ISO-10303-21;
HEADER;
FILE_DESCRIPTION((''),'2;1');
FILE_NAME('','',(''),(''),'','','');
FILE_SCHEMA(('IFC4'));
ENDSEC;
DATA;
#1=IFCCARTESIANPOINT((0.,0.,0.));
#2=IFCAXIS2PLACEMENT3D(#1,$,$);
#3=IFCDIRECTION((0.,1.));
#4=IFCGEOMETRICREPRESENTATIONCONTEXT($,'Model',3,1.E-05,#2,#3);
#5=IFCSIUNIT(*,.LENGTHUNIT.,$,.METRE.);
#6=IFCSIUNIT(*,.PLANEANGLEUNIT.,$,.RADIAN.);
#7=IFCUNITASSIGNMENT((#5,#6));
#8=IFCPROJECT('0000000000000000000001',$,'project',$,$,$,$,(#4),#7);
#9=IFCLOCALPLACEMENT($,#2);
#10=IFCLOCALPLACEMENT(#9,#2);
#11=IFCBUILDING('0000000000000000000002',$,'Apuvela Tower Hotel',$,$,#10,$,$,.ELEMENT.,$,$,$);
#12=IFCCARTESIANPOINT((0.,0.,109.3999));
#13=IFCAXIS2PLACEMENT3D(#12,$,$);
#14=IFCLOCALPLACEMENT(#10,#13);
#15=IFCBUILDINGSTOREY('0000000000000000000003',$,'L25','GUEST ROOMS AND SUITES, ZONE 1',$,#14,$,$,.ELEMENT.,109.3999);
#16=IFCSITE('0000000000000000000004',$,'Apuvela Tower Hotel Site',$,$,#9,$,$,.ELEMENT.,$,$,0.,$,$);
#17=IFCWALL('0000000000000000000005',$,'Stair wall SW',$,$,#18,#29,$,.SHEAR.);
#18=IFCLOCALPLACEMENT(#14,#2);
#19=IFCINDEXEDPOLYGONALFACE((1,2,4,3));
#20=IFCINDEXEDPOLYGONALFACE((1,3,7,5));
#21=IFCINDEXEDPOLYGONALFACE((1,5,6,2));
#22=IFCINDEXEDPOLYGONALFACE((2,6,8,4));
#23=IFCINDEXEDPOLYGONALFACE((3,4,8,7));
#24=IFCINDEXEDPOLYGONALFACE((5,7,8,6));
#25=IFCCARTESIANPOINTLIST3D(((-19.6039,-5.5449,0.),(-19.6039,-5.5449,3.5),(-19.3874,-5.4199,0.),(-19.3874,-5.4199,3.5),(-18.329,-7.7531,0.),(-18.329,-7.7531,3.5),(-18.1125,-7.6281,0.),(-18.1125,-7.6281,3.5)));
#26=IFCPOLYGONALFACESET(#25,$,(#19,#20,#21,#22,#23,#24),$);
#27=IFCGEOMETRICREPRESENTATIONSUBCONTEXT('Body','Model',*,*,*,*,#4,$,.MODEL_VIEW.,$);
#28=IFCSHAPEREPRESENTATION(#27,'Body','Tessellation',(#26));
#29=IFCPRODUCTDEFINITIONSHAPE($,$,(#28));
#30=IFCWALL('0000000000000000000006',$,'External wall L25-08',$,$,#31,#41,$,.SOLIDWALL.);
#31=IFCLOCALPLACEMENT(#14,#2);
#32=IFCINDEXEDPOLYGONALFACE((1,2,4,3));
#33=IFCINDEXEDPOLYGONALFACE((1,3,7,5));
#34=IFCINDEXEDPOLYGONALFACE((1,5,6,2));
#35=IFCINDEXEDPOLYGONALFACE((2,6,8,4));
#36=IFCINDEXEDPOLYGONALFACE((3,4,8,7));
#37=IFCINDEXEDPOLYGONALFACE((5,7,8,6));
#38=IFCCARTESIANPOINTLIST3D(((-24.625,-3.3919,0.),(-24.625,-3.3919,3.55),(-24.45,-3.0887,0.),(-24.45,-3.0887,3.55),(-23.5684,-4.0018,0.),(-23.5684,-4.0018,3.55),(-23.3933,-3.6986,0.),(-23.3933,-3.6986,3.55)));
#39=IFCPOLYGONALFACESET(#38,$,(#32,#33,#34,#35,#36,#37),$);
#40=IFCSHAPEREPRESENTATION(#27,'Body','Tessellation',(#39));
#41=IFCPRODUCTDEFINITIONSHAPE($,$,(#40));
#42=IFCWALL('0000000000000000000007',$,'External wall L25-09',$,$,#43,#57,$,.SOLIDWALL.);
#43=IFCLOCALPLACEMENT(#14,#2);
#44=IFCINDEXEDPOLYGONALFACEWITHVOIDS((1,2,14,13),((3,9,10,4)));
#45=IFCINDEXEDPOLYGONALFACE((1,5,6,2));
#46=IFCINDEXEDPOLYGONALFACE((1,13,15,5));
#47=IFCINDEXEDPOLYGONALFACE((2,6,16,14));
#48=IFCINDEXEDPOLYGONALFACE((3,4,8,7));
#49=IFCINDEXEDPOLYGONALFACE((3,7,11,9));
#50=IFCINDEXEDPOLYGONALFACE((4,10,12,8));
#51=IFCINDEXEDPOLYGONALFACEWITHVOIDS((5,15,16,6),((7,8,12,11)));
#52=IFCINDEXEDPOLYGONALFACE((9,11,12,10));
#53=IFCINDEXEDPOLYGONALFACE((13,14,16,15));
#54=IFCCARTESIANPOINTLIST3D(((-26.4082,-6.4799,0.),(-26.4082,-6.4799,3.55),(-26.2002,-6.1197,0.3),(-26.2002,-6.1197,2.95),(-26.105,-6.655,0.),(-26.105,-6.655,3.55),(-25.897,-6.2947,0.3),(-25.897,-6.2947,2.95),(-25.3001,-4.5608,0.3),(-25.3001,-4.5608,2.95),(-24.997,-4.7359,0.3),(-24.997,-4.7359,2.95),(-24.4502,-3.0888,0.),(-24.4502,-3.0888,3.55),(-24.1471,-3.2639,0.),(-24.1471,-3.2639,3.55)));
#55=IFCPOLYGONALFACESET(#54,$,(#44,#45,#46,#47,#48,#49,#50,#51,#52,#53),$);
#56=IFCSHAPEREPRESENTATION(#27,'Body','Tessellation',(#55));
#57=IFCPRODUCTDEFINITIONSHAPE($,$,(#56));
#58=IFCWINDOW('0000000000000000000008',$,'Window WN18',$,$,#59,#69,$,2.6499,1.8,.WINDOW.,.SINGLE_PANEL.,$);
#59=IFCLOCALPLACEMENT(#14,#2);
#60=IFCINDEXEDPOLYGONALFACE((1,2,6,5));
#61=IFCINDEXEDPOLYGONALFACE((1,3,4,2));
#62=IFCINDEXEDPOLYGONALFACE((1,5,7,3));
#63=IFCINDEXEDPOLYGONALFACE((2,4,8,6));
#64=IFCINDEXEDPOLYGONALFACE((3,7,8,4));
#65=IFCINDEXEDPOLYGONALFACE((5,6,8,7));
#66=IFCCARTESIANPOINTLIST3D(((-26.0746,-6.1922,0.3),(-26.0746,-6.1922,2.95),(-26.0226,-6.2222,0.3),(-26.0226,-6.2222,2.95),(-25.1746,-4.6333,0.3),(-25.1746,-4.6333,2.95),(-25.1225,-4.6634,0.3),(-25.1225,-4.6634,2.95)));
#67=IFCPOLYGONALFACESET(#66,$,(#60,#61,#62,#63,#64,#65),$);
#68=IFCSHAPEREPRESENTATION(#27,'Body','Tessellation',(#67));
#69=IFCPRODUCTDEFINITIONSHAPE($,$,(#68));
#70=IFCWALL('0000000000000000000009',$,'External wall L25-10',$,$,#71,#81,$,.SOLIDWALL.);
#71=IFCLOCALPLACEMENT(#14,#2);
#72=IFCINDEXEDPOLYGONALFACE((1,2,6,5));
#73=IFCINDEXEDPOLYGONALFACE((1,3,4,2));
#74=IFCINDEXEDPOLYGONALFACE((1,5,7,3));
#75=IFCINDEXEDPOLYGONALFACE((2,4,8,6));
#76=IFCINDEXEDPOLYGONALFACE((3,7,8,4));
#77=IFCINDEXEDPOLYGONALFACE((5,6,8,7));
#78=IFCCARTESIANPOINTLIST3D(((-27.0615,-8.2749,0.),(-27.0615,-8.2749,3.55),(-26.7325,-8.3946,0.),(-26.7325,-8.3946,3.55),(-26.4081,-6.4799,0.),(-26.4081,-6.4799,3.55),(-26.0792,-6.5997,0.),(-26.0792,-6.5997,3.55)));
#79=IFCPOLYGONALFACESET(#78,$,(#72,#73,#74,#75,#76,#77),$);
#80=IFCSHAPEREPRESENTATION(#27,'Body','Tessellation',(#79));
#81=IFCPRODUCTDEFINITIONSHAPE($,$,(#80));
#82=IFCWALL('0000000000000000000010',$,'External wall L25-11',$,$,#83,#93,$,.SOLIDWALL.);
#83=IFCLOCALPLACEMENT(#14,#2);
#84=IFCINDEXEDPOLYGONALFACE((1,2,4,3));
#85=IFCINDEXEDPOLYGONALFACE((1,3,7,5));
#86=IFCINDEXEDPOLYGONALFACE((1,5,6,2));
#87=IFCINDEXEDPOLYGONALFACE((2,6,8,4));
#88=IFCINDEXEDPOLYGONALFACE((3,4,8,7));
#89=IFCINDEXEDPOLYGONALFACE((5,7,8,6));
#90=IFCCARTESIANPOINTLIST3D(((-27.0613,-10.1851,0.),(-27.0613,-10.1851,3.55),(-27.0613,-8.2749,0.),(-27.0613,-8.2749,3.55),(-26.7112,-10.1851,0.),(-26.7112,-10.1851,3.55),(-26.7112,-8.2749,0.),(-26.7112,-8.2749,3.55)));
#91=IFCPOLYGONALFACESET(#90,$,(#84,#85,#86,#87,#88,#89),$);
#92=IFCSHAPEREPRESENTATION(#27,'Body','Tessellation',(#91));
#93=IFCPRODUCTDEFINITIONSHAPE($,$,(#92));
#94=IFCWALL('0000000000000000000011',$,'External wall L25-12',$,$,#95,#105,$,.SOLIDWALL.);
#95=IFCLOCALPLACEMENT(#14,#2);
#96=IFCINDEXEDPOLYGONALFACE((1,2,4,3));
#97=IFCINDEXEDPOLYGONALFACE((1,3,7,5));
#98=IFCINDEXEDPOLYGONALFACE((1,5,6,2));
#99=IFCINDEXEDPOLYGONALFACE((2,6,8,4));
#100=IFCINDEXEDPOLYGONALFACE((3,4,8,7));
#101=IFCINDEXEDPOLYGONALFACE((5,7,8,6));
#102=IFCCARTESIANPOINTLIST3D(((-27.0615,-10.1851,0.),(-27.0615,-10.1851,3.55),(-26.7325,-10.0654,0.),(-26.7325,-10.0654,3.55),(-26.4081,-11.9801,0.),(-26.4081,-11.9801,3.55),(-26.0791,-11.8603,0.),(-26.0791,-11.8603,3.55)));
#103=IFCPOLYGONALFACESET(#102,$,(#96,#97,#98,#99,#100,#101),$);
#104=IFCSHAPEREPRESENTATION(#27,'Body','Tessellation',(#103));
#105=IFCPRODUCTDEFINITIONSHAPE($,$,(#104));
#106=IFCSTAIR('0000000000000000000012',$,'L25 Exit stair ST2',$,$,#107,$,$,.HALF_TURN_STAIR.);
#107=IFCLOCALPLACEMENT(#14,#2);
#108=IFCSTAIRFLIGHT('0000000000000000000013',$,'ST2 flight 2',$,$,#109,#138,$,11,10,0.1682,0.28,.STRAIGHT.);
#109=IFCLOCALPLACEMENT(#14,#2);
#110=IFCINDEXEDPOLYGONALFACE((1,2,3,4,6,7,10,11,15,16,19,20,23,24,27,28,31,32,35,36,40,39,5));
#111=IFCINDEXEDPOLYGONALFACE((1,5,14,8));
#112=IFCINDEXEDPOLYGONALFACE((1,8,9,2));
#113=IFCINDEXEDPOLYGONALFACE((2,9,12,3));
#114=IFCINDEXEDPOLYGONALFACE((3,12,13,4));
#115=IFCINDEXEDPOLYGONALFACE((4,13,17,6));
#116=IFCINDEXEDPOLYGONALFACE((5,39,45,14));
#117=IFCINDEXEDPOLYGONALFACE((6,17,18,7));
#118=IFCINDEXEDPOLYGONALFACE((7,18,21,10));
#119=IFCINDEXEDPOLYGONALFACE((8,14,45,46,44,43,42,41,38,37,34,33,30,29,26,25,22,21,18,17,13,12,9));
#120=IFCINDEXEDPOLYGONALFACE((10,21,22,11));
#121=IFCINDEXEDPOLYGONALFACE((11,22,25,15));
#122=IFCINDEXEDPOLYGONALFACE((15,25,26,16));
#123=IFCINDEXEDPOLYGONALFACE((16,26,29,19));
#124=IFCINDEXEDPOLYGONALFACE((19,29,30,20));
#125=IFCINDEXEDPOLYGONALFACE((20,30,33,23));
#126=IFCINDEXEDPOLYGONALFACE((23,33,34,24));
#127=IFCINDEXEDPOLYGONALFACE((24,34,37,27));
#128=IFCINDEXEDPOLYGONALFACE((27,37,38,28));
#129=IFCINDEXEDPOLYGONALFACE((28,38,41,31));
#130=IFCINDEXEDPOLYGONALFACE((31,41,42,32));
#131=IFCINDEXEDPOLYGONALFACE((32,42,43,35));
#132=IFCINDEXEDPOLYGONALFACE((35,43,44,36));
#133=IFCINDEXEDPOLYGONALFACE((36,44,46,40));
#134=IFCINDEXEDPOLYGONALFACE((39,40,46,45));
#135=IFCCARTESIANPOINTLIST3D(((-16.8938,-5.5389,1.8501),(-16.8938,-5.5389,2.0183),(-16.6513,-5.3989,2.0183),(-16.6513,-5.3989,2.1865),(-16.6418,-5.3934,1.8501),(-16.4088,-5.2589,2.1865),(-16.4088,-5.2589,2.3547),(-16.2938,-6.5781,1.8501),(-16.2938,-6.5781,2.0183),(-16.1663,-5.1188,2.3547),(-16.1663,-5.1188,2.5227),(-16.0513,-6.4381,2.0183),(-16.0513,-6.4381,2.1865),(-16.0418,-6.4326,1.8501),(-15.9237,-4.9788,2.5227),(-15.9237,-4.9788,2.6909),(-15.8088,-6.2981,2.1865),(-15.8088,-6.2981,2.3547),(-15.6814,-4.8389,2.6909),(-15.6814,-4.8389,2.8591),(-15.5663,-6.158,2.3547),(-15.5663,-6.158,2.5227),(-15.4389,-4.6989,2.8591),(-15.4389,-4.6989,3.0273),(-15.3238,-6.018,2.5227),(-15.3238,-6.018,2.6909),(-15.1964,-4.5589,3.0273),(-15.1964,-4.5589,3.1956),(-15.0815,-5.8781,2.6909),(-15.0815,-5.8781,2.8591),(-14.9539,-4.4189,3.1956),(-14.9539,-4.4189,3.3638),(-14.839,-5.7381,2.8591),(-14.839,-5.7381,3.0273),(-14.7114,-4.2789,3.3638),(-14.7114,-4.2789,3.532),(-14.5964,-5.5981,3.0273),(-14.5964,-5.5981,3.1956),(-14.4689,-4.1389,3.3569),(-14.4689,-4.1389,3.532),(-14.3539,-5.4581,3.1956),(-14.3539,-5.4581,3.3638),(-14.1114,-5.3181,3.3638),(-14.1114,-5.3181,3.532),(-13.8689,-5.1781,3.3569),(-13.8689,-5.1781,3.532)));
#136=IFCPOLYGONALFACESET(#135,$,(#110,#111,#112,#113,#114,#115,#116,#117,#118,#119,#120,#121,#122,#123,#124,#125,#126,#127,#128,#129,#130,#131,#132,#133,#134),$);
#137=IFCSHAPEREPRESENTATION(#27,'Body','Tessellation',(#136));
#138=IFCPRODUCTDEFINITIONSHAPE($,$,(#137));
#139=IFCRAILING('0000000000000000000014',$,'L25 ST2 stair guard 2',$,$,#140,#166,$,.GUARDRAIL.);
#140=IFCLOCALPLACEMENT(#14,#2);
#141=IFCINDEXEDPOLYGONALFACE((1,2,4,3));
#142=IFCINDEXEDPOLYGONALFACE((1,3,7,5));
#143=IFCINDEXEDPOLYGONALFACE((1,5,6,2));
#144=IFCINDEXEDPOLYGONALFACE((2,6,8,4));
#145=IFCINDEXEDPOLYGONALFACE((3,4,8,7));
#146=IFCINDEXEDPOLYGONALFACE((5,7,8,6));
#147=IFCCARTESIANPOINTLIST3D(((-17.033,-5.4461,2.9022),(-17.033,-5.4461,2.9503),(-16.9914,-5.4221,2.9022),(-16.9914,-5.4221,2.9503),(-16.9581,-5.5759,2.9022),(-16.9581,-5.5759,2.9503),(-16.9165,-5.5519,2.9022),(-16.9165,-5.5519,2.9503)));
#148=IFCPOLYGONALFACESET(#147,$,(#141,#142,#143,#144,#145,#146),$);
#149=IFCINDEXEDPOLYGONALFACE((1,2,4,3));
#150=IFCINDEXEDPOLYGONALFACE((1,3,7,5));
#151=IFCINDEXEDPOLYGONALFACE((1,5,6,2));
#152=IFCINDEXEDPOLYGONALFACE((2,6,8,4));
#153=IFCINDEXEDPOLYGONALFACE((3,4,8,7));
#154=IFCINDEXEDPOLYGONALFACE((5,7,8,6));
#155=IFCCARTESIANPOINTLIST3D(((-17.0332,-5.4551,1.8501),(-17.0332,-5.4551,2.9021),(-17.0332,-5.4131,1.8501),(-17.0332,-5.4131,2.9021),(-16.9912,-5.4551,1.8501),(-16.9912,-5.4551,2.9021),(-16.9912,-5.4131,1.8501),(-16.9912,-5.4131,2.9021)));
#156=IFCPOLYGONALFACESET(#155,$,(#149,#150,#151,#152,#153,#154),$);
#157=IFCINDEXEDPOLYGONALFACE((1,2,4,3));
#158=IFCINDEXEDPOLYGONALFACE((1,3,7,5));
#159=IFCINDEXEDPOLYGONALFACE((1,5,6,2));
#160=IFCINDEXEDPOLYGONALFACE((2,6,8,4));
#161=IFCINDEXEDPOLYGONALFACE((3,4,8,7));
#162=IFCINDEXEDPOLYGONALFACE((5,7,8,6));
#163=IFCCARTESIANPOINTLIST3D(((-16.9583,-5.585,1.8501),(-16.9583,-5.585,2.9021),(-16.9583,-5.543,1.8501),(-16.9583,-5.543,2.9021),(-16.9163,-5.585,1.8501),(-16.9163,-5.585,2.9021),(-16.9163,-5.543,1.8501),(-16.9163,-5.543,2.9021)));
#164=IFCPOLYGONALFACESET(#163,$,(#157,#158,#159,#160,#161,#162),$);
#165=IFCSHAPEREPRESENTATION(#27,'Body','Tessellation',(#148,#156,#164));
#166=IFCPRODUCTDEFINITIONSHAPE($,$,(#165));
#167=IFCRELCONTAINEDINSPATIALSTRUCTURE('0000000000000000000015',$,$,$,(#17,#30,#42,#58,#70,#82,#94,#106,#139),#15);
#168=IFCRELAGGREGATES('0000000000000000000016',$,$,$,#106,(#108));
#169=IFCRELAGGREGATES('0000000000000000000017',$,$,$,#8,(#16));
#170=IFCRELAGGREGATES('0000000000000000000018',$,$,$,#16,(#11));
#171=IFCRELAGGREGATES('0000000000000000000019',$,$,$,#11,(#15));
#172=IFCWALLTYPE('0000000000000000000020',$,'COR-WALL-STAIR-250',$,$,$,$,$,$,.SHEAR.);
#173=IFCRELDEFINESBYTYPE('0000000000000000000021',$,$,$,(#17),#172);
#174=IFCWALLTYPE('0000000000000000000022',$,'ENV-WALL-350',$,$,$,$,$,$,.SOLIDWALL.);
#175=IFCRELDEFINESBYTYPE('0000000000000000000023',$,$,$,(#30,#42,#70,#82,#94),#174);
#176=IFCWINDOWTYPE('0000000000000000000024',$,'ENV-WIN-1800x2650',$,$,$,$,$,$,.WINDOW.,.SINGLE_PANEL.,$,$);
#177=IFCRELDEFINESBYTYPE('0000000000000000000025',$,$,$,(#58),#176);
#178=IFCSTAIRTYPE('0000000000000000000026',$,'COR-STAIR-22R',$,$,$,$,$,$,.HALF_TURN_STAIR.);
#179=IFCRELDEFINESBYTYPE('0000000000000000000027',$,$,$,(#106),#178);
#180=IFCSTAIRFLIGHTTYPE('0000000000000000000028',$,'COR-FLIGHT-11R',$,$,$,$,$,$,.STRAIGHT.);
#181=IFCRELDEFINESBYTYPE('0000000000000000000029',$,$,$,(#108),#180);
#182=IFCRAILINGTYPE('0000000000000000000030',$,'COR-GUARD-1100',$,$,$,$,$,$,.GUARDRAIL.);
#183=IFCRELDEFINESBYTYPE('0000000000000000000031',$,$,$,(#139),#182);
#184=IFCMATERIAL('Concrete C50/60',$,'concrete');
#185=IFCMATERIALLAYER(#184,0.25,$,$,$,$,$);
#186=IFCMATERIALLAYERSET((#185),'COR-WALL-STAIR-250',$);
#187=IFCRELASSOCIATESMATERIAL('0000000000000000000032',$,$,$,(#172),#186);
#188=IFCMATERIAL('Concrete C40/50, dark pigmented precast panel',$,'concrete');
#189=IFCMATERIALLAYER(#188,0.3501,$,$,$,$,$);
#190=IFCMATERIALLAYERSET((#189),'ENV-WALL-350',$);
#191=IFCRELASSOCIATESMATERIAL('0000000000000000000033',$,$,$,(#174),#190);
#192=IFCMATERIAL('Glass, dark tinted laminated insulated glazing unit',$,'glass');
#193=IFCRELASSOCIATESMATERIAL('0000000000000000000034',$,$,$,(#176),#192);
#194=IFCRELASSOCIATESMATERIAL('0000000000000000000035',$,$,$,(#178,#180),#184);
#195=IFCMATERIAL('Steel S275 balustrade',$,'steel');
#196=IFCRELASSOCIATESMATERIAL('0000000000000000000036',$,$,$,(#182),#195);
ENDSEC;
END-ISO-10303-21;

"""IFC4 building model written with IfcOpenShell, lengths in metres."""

from ifc_helpers import new_model, si_unit, direction, frame, frame_2d, origin, origin_2d, place, context, subcontext, project, spatial, polyline, rectangle, outline, extrude, material, layer, layer_set, type_object, element, fill, aggregate, save


model = new_model("IFC4")

# Units and contexts
model_context = context("Model", 3, precision=1e-05, world=origin(), true_north=direction((0.0, 1.0)))
body_context = subcontext(model_context, "Body", "Model", "MODEL_VIEW")
ifc_project = project(units=[si_unit("LENGTHUNIT", "METRE"), si_unit("PLANEANGLEUNIT", "RADIAN")], contexts=[model_context])

# Site, building, storey
site_placement = place(None, origin())
site = spatial("IfcSite", under=ifc_project, at=site_placement, Name="Apuvela Tower Hotel Site", CompositionType="ELEMENT", RefElevation=0.0)
building_placement = place(site_placement, origin())
building = spatial("IfcBuilding", under=site, at=building_placement, Name="Apuvela Tower Hotel", CompositionType="ELEMENT")
storey_placement = place(building_placement, frame((0.0, 0.0, 109.3999)))
storey = spatial("IfcBuildingStorey", under=building, at=storey_placement, Name="L25", Description="GUEST ROOMS AND SUITES, ZONE 1", CompositionType="ELEMENT", Elevation=109.3999)

# Walls
ifc_material_1 = material(Name="Concrete C50/60", Category="concrete")
ifc_layer_1 = layer(ifc_material_1, 0.25)
ifc_layer_set_1 = layer_set([ifc_layer_1], Name="COR-WALL-STAIR-250")
wall_type_1 = type_object("IfcWallType", Name="COR-WALL-STAIR-250", PredefinedType="SHEAR", material=ifc_layer_set_1)
wall_1_placement = place(storey_placement, frame((-19.4956, -5.4824, 0.0), z_axis=(0.0, 0.0, 1.0), x_axis=(0.49999, -0.866031, 0.0)))
element("IfcWall", 1, at=wall_1_placement, inside=storey, type_object=wall_type_1, Name="Stair wall SW", PredefinedType="SHEAR", context=body_context, shape_type="SweptSolid", body=[
    extrude(rectangle(XDim=2.5498, YDim=0.25, at=frame_2d((1.2749, 0.0))), origin(), (0.0, 0.0, 1.0), 3.5),
])
ifc_material_2 = material(Name="Concrete C40/50, dark pigmented precast panel", Category="concrete")
ifc_layer_2 = layer(ifc_material_2, 0.3501)
ifc_layer_set_2 = layer_set([ifc_layer_2], Name="ENV-WALL-350")
wall_type_2 = type_object("IfcWallType", Name="ENV-WALL-350", PredefinedType="SOLIDWALL", material=ifc_layer_set_2)
wall_2_placement = place(storey_placement, frame((-23.481, -3.8501, 0.0), z_axis=(0.0, 0.0, 1.0), x_axis=(-0.866092, 0.499884, 0.0)))
element("IfcWall", 2, at=wall_2_placement, inside=storey, type_object=wall_type_2, Name="External wall L25-08", PredefinedType="SOLIDWALL", context=body_context, shape_type="SweptSolid", body=[
    extrude(rectangle(XDim=1.22, YDim=0.3501, at=frame_2d((0.6099, 0.0))), origin(), (0.0, 0.0, 1.0), 3.55),
])

# Wall, opening, window
wall_3_placement = place(storey_placement, frame((-24.2986, -3.1763, 0.0), z_axis=(0.0, 0.0, 1.0), x_axis=(-0.500028, -0.866009, 0.0)))
wall_3 = element("IfcWall", 3, at=wall_3_placement, inside=storey, type_object=wall_type_2, Name="External wall L25-09", PredefinedType="SOLIDWALL", context=body_context, shape_type="SweptSolid", body=[
    extrude(rectangle(XDim=3.9158, YDim=0.3501, at=frame_2d((1.958, 0.0))), origin(), (0.0, 0.0, 1.0), 3.55),
])
opening_1_placement = place(wall_3_placement, frame((1.7, 0.0, 0.3)))
opening_1 = element("IfcOpeningElement", 4, at=opening_1_placement, cuts=wall_3, PredefinedType="OPENING", context=body_context, shape_type="SweptSolid", body=[
    extrude(rectangle(XDim=1.8, YDim=2.6499, at=frame_2d((0.8999, 1.325))), frame((0.0, 0.1851, 0.0), z_axis=(0.0, -1.0, 0.0), x_axis=(1.0, 0.0, 0.0)), (0.0, 0.0, 1.0), 0.3701),
])
ifc_material_3 = material(Name="Glass, dark tinted laminated insulated glazing unit", Category="glass")
window_type = type_object("IfcWindowType", Name="ENV-WIN-1800x2650", PartitioningType="SINGLE_PANEL", PredefinedType="WINDOW", material=ifc_material_3)
window_placement = place(opening_1_placement, origin())
window = element("IfcWindow", 5, at=window_placement, inside=storey, type_object=window_type, Name="Window WN18", OverallHeight=2.6499, OverallWidth=1.8, PartitioningType="SINGLE_PANEL", PredefinedType="WINDOW", context=body_context, shape_type="SweptSolid", body=[
    extrude(rectangle(XDim=1.8, YDim=2.6499, at=frame_2d((0.8999, 1.325))), frame((0.0, 0.03, 0.0), z_axis=(0.0, -1.0, 0.0), x_axis=(1.0, 0.0, 0.0)), (0.0, 0.0, 1.0), 0.0601),
])
fill(opening_1, window)

# Walls
for number, where, z_axis, x_axis, name in (
    (6, (-26.2437, -6.5398, 0.0), (0.0, 0.0, 1.0), (-0.34203, -0.939689, 0.0), "External wall L25-10"),
    (7, (-26.8862, -8.2749, 0.0), (0.0, 0.0, 1.0), (0.0, -1.0, 0.0), "External wall L25-11"),
    (8, (-26.897, -10.1252, 0.0), (0.0, 0.0, 1.0), (0.34203, -0.939689, 0.0), "External wall L25-12"),
):
    element("IfcWall", number, at=place(storey_placement, frame(where, z_axis=z_axis, x_axis=x_axis)), inside=storey, type_object=wall_type_2, Name=name, PredefinedType="SOLIDWALL", context=body_context, shape_type="SweptSolid", body=[
        extrude(rectangle(XDim=1.9102, YDim=0.3501, at=frame_2d((0.9551, 0.0))), origin(), (0.0, 0.0, 1.0), 3.55),
    ])

# Stair, stair flight
stair_type = type_object("IfcStairType", Name="COR-STAIR-22R", PredefinedType="HALF_TURN_STAIR", material=ifc_material_1)
stair_placement = place(storey_placement, origin())
stair = element("IfcStair", 9, at=stair_placement, inside=storey, type_object=stair_type, Name="L25 Exit stair ST2", PredefinedType="HALF_TURN_STAIR")
stair_flight_type = type_object("IfcStairFlightType", Name="COR-FLIGHT-11R", PredefinedType="STRAIGHT", material=ifc_material_1)
stair_flight_placement = place(storey_placement, frame((-16.5938, -6.0586, 1.8501), z_axis=(0.0, 0.0, 1.0), x_axis=(0.866025, 0.5, 0.0)))
stair_flight = element("IfcStairFlight", 10, at=stair_flight_placement, type_object=stair_flight_type, Name="ST2 flight 2", NumberOfRisers=11, NumberOfTreads=10, PredefinedType="STRAIGHT", RiserHeight=0.1682, TreadLength=0.28, context=body_context, shape_type="SweptSolid", body=[
    extrude(outline(polyline([(0.0, 0.0), (0.0, 0.1682), (0.28, 0.1682), (0.28, 0.3364), (0.5601, 0.3364), (0.5601, 0.5046), (0.8401, 0.5046), (0.8401, 0.6726), (1.1201, 0.6726), (1.1201, 0.8408), (1.3999, 0.8408), (1.3999, 1.009), (1.6799, 1.009), (1.6799, 1.1772), (1.96, 1.1772), (1.96, 1.3455), (2.24, 1.3455), (2.24, 1.5137), (2.52, 1.5137), (2.52, 1.6819), (2.8, 1.6819), (2.8, 1.8501), (2.8, 1.5068), (0.291, 0.0), (0.0, 0.0)])), frame((0.0, 0.6001, 0.0), z_axis=(0.0, -1.0, 0.0), x_axis=(1.0, 0.0, 0.0)), (0.0, 0.0, 1.0), 1.2),
])
aggregate(stair, [stair_flight])

# Railing
ifc_material_4 = material(Name="Steel S275 balustrade", Category="steel")
railing_type_1 = type_object("IfcRailingType", Name="COR-GUARD-1100", PredefinedType="GUARDRAIL", material=ifc_material_4)
railing_1_placement = place(storey_placement, frame((-17.0122, -5.4341, 1.8501)))
element("IfcRailing", 11, at=railing_1_placement, inside=storey, type_object=railing_type_1, Name="L25 ST2 stair guard 2", PredefinedType="GUARDRAIL", context=body_context, shape_type="SweptSolid", body=[
    extrude(rectangle(XDim=0.0481, YDim=0.0481, at=origin_2d()), frame((0.0, 0.0, 1.0762), z_axis=(0.499816, -0.866131, 0.0), x_axis=(0.866131, 0.499816, 0.0)), (0.0, 0.0, 1.0), 0.1499),
    extrude(rectangle(XDim=0.042, YDim=0.042, at=origin_2d()), origin(), (0.0, 0.0, 1.0), 1.052),
    extrude(rectangle(XDim=0.042, YDim=0.042, at=origin_2d()), frame((0.075, -0.1299, 0.0)), (0.0, 0.0, 1.0), 1.052),
])

save(model, "model.ifc")
